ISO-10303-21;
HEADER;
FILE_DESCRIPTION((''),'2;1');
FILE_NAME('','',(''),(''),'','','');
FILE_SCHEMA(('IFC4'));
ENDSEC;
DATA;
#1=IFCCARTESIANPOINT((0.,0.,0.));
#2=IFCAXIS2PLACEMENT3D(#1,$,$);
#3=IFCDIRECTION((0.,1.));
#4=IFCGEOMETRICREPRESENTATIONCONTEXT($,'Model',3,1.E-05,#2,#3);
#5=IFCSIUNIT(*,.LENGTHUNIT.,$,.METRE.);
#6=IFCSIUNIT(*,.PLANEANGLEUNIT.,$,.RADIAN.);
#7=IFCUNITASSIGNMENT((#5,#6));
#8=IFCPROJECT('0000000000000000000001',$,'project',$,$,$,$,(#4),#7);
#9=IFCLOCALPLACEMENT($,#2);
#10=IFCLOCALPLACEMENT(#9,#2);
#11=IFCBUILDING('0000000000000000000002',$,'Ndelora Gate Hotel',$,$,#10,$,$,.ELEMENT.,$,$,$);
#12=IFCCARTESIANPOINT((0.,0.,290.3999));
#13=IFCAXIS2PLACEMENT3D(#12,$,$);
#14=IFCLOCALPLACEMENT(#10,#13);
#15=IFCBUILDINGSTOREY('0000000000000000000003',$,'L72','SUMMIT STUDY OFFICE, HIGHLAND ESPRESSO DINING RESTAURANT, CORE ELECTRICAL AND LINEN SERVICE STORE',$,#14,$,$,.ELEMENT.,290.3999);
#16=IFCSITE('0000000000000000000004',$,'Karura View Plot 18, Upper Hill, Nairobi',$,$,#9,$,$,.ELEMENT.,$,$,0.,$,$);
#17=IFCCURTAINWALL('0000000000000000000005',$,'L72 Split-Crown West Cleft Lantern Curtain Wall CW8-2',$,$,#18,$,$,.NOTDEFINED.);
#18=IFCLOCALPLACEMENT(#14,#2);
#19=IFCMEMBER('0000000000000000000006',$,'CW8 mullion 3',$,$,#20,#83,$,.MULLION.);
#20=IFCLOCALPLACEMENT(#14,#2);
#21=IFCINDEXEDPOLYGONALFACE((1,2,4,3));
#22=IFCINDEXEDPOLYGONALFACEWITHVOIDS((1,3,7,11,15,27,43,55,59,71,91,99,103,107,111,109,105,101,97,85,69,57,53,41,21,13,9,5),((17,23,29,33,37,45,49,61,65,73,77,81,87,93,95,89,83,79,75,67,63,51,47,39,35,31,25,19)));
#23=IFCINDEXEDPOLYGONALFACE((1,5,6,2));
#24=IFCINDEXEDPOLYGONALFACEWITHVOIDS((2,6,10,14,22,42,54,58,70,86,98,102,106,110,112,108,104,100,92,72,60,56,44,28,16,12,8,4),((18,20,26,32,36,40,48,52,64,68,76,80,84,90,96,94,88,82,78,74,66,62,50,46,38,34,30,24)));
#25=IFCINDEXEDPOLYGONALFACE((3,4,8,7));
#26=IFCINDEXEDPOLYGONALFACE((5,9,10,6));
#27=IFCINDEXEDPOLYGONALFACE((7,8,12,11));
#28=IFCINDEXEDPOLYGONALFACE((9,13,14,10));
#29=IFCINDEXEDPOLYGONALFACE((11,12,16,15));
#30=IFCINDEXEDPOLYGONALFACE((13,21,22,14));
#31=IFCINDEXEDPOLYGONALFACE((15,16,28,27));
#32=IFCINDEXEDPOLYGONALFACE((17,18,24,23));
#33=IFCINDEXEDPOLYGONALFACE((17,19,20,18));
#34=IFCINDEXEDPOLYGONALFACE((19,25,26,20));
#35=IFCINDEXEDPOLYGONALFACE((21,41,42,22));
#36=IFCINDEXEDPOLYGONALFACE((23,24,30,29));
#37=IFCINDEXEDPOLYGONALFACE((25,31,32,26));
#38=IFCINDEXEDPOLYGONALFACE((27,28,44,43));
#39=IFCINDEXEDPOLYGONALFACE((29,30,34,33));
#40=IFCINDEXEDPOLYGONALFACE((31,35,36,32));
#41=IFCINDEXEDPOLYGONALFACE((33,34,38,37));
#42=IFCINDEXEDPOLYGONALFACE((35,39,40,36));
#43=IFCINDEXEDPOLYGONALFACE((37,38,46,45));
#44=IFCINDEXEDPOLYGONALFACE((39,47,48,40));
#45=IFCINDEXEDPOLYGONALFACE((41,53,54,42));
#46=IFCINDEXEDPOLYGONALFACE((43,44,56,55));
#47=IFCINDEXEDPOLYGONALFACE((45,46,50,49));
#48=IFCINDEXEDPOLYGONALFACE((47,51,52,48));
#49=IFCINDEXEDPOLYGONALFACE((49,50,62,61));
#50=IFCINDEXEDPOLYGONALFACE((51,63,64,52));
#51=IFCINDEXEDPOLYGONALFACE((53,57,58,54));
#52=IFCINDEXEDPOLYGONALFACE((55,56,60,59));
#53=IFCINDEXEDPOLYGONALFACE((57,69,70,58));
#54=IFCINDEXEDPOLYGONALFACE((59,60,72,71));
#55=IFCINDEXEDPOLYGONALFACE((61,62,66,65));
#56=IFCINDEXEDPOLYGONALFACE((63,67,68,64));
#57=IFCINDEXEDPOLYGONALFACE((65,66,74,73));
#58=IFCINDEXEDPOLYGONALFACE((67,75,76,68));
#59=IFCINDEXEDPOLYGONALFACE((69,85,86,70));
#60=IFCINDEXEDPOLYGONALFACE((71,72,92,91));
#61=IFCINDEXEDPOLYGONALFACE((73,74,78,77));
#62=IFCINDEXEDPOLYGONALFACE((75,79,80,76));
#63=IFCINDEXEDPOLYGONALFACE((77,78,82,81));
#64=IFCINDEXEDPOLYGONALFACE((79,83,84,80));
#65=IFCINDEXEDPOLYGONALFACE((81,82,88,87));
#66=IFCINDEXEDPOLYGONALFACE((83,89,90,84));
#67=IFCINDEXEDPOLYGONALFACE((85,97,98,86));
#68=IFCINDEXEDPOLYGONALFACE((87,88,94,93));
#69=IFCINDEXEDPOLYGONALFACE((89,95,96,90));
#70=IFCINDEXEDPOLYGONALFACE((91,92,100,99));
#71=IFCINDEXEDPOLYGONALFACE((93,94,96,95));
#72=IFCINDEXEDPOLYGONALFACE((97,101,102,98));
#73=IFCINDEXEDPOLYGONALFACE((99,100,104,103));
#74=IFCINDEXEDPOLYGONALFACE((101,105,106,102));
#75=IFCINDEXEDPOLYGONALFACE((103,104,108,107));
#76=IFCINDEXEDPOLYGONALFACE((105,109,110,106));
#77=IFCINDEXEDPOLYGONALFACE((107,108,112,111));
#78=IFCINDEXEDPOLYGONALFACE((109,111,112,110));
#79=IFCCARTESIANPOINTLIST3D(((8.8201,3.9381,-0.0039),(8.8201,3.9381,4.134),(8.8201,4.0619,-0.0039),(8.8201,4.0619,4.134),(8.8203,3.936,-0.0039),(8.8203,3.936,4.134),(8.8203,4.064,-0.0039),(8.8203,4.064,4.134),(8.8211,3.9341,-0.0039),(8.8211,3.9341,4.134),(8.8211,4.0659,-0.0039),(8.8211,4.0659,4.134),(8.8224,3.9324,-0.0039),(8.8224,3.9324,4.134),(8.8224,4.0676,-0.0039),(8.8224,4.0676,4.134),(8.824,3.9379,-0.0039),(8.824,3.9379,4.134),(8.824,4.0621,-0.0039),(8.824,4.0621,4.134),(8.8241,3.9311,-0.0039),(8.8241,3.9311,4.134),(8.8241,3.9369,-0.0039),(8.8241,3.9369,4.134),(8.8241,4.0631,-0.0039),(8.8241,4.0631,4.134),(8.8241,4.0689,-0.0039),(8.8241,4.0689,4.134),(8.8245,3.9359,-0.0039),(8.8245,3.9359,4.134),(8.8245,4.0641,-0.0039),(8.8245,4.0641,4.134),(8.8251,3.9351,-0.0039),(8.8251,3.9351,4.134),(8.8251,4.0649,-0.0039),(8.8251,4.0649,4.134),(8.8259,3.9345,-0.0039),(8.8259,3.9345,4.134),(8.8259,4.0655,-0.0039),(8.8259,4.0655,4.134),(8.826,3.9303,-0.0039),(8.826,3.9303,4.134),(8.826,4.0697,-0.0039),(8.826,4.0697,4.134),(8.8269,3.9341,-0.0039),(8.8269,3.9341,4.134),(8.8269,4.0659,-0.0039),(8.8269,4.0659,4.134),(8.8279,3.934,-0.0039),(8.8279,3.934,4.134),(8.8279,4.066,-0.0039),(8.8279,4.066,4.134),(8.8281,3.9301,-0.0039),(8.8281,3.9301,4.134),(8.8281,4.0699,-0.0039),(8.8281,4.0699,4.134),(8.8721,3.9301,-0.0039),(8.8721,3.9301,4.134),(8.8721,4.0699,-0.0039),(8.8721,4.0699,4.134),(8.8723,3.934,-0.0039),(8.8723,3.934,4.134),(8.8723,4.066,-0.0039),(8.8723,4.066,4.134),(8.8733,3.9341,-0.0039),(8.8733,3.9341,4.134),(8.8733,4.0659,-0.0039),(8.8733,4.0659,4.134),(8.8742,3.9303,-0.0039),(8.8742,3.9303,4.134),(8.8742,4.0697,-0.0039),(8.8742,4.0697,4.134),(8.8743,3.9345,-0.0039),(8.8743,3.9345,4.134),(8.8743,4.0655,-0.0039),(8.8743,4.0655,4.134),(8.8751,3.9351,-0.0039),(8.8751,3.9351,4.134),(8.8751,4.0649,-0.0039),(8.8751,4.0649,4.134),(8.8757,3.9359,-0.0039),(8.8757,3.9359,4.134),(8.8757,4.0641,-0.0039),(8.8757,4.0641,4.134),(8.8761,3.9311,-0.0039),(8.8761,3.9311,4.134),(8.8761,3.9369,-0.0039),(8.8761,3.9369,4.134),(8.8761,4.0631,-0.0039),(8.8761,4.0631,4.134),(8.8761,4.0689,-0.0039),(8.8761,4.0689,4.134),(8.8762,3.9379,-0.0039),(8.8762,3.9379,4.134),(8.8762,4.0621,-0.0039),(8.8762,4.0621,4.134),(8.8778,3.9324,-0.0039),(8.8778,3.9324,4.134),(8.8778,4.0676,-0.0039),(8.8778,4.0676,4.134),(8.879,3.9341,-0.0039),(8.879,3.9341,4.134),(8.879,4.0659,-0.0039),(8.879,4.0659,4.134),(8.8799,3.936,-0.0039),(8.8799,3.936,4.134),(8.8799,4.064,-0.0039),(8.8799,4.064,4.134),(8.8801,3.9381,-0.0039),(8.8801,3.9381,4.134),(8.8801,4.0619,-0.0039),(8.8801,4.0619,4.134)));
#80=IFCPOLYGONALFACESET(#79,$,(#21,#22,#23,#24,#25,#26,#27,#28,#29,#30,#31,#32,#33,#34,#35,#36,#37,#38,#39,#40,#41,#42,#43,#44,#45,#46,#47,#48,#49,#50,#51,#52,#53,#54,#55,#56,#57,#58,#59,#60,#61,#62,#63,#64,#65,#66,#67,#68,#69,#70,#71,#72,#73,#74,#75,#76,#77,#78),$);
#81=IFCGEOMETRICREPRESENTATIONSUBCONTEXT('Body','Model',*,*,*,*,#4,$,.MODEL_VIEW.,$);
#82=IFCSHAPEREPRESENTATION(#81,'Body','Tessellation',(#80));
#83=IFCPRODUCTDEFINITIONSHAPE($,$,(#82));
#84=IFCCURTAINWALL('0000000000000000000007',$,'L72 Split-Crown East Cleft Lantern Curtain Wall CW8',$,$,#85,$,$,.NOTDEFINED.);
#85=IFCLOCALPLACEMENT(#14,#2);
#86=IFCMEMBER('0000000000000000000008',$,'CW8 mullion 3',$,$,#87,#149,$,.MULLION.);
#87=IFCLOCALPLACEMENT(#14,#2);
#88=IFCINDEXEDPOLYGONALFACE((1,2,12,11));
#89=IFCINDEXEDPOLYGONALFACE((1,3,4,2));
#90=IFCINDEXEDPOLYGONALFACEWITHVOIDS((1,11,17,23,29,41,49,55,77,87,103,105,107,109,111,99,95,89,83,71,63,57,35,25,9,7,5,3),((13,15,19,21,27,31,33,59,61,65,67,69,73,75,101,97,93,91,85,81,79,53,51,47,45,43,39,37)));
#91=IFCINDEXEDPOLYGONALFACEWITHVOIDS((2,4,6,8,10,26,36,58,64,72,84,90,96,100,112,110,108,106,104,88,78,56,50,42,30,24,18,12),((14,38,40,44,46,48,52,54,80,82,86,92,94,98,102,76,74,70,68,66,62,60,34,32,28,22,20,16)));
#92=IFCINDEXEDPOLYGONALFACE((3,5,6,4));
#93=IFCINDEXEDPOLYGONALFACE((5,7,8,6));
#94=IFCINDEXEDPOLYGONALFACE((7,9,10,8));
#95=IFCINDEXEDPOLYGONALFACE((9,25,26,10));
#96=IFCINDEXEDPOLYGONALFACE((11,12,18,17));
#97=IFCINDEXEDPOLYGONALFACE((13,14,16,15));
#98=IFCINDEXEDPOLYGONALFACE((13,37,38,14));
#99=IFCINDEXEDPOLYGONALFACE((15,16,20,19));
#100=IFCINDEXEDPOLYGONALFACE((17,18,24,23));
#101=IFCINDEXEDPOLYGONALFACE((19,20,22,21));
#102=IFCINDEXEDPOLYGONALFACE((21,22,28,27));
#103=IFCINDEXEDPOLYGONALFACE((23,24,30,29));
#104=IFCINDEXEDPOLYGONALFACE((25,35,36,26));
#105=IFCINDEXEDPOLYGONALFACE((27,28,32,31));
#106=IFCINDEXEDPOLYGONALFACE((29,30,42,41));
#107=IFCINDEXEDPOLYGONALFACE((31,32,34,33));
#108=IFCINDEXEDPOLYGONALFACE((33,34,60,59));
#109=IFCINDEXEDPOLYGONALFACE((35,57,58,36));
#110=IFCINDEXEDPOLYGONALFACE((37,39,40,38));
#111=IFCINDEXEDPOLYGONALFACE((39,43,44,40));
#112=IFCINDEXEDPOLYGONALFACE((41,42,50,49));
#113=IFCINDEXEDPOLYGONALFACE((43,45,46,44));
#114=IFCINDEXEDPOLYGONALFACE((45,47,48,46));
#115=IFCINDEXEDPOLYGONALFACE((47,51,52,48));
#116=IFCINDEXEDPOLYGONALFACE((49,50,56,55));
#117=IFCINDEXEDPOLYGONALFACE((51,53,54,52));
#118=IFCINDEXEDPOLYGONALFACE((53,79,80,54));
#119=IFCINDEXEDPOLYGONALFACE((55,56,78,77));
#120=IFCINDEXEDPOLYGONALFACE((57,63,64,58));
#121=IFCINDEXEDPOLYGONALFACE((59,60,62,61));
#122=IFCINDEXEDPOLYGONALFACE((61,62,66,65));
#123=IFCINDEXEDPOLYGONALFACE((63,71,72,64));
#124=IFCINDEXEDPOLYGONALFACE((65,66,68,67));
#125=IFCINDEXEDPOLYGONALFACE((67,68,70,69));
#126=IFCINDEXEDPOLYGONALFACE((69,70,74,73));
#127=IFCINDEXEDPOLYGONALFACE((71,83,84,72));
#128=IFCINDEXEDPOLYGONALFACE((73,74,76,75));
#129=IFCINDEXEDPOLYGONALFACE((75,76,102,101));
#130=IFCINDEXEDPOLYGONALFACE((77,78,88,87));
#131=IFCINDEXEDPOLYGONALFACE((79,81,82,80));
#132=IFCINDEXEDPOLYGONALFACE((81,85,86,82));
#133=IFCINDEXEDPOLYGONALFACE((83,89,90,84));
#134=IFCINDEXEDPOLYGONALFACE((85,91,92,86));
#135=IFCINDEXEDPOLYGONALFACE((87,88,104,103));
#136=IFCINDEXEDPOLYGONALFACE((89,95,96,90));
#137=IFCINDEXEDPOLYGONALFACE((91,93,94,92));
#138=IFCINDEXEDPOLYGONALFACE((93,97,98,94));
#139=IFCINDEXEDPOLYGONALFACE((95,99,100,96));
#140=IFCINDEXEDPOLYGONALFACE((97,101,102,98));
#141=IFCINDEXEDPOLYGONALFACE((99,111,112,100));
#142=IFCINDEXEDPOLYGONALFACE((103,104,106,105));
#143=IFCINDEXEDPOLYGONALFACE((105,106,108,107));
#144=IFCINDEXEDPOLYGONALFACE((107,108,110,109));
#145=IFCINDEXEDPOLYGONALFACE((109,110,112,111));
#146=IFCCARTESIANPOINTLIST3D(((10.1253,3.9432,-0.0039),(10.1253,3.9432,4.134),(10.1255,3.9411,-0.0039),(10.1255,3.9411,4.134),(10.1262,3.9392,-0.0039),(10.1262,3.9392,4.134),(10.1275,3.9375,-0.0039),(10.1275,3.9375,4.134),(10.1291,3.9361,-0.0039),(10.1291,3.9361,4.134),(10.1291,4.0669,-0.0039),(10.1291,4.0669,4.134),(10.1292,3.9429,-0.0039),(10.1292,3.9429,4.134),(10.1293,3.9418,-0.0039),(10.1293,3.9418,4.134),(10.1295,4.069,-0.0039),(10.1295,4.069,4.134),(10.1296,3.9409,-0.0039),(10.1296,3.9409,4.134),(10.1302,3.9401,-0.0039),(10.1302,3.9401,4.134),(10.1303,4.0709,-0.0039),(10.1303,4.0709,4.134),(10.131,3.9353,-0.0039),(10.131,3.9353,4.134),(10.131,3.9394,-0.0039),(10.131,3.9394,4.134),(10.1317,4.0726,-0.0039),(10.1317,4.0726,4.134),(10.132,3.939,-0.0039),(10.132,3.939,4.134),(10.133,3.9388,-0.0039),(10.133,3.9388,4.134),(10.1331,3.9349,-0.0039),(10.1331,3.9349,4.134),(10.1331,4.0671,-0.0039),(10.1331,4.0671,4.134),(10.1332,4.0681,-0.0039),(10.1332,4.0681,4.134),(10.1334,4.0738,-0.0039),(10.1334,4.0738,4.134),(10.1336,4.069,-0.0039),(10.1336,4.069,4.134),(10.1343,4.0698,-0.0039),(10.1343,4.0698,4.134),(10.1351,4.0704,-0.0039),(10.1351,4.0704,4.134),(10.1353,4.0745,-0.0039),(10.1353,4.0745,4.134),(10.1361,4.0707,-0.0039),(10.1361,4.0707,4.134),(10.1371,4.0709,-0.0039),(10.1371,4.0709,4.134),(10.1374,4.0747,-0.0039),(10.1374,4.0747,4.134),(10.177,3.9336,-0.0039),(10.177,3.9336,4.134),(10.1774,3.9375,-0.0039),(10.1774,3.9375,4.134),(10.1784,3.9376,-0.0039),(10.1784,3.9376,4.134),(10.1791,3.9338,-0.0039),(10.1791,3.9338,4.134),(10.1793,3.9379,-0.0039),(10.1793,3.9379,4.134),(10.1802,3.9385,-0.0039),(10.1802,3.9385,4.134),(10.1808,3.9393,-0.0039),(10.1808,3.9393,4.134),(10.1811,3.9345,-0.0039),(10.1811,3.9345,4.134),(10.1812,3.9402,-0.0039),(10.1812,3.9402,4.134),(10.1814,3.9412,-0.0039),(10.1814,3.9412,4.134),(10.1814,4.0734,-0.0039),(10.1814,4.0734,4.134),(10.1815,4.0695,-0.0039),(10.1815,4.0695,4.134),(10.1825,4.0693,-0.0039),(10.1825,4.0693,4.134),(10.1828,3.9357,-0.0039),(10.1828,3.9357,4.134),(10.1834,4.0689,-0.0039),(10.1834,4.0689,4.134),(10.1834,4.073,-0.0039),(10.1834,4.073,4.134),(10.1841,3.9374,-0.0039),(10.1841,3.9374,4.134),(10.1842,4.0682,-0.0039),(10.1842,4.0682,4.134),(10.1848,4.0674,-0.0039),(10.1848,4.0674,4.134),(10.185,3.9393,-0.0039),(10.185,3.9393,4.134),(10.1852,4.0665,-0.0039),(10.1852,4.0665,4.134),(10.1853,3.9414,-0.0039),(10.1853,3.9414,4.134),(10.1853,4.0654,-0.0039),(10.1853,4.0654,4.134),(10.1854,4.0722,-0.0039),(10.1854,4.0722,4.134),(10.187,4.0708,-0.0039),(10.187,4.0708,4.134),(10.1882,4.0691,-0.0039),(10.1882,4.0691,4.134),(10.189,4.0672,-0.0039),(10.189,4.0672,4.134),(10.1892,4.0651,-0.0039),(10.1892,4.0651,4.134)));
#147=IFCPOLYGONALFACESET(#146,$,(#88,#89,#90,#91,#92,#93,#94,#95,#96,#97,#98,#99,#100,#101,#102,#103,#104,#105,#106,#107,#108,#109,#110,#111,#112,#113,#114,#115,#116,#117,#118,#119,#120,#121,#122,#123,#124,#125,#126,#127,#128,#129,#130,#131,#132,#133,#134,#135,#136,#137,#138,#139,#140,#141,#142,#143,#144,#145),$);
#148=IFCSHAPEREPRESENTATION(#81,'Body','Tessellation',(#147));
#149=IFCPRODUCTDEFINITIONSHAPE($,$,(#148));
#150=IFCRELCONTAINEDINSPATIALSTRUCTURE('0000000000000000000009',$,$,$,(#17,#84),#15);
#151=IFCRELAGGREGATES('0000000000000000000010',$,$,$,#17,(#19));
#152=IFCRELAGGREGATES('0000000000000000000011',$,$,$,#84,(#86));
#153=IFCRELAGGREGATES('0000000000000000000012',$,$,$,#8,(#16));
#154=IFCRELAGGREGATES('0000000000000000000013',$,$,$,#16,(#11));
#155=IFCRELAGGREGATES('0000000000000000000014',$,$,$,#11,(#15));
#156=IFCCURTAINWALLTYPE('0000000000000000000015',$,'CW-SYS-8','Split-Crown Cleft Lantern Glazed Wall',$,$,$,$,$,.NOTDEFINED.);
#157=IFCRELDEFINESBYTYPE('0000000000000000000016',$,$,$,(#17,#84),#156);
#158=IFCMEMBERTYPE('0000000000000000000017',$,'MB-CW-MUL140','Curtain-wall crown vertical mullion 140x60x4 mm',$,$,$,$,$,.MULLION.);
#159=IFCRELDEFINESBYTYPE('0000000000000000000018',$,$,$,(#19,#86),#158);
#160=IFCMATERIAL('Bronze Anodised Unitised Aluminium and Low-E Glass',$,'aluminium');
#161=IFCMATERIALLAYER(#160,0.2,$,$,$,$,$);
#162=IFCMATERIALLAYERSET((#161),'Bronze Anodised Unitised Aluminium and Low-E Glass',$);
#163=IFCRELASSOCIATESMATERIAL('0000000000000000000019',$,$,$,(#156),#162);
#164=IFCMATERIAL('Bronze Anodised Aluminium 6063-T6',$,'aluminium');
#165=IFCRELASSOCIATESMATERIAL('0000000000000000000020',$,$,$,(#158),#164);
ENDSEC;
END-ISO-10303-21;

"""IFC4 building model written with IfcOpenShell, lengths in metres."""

from ifc_helpers import new_model, si_unit, direction, frame, origin, origin_2d, place, context, subcontext, project, spatial, hollow_rectangle, extrude, material, layer, layer_set, material_profile, profile_set, type_object, element, aggregate, save


model = new_model("IFC4")

# Units and contexts
model_context = context("Model", 3, precision=1e-05, world=origin(), true_north=direction((0.0, 1.0)))
body_context = subcontext(model_context, "Body", "Model", "MODEL_VIEW")
ifc_project = project(units=[si_unit("LENGTHUNIT", "METRE"), si_unit("PLANEANGLEUNIT", "RADIAN")], contexts=[model_context])

# Site, building, storey
site_placement = place(None, origin())
site = spatial("IfcSite", under=ifc_project, at=site_placement, Name="Karura View Plot 18, Upper Hill, Nairobi", CompositionType="ELEMENT", RefElevation=0.0)
building_placement = place(site_placement, origin())
building = spatial("IfcBuilding", under=site, at=building_placement, Name="Ndelora Gate Hotel", CompositionType="ELEMENT")
storey_placement = place(building_placement, frame((0.0, 0.0, 290.3999)))
storey = spatial("IfcBuildingStorey", under=building, at=storey_placement, Name="L72", Description="SUMMIT STUDY OFFICE, HIGHLAND ESPRESSO DINING RESTAURANT, CORE ELECTRICAL AND LINEN SERVICE STORE", CompositionType="ELEMENT", Elevation=290.3999)

# Curtain walls, members
ifc_material_1 = material(Name="Bronze Anodised Unitised Aluminium and Low-E Glass", Category="aluminium")
ifc_layer_1 = layer(ifc_material_1, 0.2)
ifc_layer_set_1 = layer_set([ifc_layer_1], Name="Bronze Anodised Unitised Aluminium and Low-E Glass")
curtain_wall_type = type_object("IfcCurtainWallType", Name="CW-SYS-8", Description="Split-Crown Cleft Lantern Glazed Wall", PredefinedType="NOTDEFINED", material=ifc_layer_set_1)
curtain_wall_1_placement = place(storey_placement, origin())
curtain_wall_1 = element("IfcCurtainWall", 1, at=curtain_wall_1_placement, inside=storey, type_object=curtain_wall_type, Name="L72 Split-Crown West Cleft Lantern Curtain Wall CW8-2", PredefinedType="NOTDEFINED")
ifc_material_2 = material(Name="Bronze Anodised Aluminium 6063-T6", Category="aluminium")
ifc_material_profile_1 = material_profile(ifc_material_2, hollow_rectangle(XDim=0.0601, YDim=0.1399, WallThickness=0.0039, InnerFilletRadius=0.0039, OuterFilletRadius=0.0081, at=origin_2d()), Name="ALU 140x60x4")
ifc_profile_set_1 = profile_set([ifc_material_profile_1], Name="Bronze Anodised Aluminium 6063-T6")
member_type_1 = type_object("IfcMemberType", Name="MB-CW-MUL140", Description="Curtain-wall crown vertical mullion 140x60x4 mm", PredefinedType="MULLION", material=ifc_profile_set_1)
member_1_placement = place(storey_placement, frame((8.8501, 4.0, -0.0039), z_axis=(0.0, 0.0, 1.0), x_axis=(-1.0, 0.0, 0.0)))
member_1 = element("IfcMember", 2, at=member_1_placement, type_object=member_type_1, Name="CW8 mullion 3", PredefinedType="MULLION", context=body_context, shape_type="SweptSolid", body=[
    extrude(hollow_rectangle(XDim=0.0601, YDim=0.1399, WallThickness=0.0039, InnerFilletRadius=0.0039, OuterFilletRadius=0.0081, at=origin_2d()), origin(), (0.0, 0.0, 1.0), 4.1379),
])
curtain_wall_2_placement = place(storey_placement, origin())
curtain_wall_2 = element("IfcCurtainWall", 3, at=curtain_wall_2_placement, inside=storey, type_object=curtain_wall_type, Name="L72 Split-Crown East Cleft Lantern Curtain Wall CW8", PredefinedType="NOTDEFINED")
member_2_placement = place(storey_placement, frame((10.1572, 4.0042, -0.0039), z_axis=(0.0, 0.0, 1.0), x_axis=(0.999515, -0.031131, 0.0)))
member_2 = element("IfcMember", 4, at=member_2_placement, type_object=member_type_1, Name="CW8 mullion 3", PredefinedType="MULLION", context=body_context, shape_type="SweptSolid", body=[
    extrude(hollow_rectangle(XDim=0.0601, YDim=0.1399, WallThickness=0.0039, InnerFilletRadius=0.0039, OuterFilletRadius=0.0081, at=origin_2d()), origin(), (0.0, 0.0, 1.0), 4.1379),
])

aggregate(curtain_wall_1, [member_1])
aggregate(curtain_wall_2, [member_2])

save(model, "model.ifc")
